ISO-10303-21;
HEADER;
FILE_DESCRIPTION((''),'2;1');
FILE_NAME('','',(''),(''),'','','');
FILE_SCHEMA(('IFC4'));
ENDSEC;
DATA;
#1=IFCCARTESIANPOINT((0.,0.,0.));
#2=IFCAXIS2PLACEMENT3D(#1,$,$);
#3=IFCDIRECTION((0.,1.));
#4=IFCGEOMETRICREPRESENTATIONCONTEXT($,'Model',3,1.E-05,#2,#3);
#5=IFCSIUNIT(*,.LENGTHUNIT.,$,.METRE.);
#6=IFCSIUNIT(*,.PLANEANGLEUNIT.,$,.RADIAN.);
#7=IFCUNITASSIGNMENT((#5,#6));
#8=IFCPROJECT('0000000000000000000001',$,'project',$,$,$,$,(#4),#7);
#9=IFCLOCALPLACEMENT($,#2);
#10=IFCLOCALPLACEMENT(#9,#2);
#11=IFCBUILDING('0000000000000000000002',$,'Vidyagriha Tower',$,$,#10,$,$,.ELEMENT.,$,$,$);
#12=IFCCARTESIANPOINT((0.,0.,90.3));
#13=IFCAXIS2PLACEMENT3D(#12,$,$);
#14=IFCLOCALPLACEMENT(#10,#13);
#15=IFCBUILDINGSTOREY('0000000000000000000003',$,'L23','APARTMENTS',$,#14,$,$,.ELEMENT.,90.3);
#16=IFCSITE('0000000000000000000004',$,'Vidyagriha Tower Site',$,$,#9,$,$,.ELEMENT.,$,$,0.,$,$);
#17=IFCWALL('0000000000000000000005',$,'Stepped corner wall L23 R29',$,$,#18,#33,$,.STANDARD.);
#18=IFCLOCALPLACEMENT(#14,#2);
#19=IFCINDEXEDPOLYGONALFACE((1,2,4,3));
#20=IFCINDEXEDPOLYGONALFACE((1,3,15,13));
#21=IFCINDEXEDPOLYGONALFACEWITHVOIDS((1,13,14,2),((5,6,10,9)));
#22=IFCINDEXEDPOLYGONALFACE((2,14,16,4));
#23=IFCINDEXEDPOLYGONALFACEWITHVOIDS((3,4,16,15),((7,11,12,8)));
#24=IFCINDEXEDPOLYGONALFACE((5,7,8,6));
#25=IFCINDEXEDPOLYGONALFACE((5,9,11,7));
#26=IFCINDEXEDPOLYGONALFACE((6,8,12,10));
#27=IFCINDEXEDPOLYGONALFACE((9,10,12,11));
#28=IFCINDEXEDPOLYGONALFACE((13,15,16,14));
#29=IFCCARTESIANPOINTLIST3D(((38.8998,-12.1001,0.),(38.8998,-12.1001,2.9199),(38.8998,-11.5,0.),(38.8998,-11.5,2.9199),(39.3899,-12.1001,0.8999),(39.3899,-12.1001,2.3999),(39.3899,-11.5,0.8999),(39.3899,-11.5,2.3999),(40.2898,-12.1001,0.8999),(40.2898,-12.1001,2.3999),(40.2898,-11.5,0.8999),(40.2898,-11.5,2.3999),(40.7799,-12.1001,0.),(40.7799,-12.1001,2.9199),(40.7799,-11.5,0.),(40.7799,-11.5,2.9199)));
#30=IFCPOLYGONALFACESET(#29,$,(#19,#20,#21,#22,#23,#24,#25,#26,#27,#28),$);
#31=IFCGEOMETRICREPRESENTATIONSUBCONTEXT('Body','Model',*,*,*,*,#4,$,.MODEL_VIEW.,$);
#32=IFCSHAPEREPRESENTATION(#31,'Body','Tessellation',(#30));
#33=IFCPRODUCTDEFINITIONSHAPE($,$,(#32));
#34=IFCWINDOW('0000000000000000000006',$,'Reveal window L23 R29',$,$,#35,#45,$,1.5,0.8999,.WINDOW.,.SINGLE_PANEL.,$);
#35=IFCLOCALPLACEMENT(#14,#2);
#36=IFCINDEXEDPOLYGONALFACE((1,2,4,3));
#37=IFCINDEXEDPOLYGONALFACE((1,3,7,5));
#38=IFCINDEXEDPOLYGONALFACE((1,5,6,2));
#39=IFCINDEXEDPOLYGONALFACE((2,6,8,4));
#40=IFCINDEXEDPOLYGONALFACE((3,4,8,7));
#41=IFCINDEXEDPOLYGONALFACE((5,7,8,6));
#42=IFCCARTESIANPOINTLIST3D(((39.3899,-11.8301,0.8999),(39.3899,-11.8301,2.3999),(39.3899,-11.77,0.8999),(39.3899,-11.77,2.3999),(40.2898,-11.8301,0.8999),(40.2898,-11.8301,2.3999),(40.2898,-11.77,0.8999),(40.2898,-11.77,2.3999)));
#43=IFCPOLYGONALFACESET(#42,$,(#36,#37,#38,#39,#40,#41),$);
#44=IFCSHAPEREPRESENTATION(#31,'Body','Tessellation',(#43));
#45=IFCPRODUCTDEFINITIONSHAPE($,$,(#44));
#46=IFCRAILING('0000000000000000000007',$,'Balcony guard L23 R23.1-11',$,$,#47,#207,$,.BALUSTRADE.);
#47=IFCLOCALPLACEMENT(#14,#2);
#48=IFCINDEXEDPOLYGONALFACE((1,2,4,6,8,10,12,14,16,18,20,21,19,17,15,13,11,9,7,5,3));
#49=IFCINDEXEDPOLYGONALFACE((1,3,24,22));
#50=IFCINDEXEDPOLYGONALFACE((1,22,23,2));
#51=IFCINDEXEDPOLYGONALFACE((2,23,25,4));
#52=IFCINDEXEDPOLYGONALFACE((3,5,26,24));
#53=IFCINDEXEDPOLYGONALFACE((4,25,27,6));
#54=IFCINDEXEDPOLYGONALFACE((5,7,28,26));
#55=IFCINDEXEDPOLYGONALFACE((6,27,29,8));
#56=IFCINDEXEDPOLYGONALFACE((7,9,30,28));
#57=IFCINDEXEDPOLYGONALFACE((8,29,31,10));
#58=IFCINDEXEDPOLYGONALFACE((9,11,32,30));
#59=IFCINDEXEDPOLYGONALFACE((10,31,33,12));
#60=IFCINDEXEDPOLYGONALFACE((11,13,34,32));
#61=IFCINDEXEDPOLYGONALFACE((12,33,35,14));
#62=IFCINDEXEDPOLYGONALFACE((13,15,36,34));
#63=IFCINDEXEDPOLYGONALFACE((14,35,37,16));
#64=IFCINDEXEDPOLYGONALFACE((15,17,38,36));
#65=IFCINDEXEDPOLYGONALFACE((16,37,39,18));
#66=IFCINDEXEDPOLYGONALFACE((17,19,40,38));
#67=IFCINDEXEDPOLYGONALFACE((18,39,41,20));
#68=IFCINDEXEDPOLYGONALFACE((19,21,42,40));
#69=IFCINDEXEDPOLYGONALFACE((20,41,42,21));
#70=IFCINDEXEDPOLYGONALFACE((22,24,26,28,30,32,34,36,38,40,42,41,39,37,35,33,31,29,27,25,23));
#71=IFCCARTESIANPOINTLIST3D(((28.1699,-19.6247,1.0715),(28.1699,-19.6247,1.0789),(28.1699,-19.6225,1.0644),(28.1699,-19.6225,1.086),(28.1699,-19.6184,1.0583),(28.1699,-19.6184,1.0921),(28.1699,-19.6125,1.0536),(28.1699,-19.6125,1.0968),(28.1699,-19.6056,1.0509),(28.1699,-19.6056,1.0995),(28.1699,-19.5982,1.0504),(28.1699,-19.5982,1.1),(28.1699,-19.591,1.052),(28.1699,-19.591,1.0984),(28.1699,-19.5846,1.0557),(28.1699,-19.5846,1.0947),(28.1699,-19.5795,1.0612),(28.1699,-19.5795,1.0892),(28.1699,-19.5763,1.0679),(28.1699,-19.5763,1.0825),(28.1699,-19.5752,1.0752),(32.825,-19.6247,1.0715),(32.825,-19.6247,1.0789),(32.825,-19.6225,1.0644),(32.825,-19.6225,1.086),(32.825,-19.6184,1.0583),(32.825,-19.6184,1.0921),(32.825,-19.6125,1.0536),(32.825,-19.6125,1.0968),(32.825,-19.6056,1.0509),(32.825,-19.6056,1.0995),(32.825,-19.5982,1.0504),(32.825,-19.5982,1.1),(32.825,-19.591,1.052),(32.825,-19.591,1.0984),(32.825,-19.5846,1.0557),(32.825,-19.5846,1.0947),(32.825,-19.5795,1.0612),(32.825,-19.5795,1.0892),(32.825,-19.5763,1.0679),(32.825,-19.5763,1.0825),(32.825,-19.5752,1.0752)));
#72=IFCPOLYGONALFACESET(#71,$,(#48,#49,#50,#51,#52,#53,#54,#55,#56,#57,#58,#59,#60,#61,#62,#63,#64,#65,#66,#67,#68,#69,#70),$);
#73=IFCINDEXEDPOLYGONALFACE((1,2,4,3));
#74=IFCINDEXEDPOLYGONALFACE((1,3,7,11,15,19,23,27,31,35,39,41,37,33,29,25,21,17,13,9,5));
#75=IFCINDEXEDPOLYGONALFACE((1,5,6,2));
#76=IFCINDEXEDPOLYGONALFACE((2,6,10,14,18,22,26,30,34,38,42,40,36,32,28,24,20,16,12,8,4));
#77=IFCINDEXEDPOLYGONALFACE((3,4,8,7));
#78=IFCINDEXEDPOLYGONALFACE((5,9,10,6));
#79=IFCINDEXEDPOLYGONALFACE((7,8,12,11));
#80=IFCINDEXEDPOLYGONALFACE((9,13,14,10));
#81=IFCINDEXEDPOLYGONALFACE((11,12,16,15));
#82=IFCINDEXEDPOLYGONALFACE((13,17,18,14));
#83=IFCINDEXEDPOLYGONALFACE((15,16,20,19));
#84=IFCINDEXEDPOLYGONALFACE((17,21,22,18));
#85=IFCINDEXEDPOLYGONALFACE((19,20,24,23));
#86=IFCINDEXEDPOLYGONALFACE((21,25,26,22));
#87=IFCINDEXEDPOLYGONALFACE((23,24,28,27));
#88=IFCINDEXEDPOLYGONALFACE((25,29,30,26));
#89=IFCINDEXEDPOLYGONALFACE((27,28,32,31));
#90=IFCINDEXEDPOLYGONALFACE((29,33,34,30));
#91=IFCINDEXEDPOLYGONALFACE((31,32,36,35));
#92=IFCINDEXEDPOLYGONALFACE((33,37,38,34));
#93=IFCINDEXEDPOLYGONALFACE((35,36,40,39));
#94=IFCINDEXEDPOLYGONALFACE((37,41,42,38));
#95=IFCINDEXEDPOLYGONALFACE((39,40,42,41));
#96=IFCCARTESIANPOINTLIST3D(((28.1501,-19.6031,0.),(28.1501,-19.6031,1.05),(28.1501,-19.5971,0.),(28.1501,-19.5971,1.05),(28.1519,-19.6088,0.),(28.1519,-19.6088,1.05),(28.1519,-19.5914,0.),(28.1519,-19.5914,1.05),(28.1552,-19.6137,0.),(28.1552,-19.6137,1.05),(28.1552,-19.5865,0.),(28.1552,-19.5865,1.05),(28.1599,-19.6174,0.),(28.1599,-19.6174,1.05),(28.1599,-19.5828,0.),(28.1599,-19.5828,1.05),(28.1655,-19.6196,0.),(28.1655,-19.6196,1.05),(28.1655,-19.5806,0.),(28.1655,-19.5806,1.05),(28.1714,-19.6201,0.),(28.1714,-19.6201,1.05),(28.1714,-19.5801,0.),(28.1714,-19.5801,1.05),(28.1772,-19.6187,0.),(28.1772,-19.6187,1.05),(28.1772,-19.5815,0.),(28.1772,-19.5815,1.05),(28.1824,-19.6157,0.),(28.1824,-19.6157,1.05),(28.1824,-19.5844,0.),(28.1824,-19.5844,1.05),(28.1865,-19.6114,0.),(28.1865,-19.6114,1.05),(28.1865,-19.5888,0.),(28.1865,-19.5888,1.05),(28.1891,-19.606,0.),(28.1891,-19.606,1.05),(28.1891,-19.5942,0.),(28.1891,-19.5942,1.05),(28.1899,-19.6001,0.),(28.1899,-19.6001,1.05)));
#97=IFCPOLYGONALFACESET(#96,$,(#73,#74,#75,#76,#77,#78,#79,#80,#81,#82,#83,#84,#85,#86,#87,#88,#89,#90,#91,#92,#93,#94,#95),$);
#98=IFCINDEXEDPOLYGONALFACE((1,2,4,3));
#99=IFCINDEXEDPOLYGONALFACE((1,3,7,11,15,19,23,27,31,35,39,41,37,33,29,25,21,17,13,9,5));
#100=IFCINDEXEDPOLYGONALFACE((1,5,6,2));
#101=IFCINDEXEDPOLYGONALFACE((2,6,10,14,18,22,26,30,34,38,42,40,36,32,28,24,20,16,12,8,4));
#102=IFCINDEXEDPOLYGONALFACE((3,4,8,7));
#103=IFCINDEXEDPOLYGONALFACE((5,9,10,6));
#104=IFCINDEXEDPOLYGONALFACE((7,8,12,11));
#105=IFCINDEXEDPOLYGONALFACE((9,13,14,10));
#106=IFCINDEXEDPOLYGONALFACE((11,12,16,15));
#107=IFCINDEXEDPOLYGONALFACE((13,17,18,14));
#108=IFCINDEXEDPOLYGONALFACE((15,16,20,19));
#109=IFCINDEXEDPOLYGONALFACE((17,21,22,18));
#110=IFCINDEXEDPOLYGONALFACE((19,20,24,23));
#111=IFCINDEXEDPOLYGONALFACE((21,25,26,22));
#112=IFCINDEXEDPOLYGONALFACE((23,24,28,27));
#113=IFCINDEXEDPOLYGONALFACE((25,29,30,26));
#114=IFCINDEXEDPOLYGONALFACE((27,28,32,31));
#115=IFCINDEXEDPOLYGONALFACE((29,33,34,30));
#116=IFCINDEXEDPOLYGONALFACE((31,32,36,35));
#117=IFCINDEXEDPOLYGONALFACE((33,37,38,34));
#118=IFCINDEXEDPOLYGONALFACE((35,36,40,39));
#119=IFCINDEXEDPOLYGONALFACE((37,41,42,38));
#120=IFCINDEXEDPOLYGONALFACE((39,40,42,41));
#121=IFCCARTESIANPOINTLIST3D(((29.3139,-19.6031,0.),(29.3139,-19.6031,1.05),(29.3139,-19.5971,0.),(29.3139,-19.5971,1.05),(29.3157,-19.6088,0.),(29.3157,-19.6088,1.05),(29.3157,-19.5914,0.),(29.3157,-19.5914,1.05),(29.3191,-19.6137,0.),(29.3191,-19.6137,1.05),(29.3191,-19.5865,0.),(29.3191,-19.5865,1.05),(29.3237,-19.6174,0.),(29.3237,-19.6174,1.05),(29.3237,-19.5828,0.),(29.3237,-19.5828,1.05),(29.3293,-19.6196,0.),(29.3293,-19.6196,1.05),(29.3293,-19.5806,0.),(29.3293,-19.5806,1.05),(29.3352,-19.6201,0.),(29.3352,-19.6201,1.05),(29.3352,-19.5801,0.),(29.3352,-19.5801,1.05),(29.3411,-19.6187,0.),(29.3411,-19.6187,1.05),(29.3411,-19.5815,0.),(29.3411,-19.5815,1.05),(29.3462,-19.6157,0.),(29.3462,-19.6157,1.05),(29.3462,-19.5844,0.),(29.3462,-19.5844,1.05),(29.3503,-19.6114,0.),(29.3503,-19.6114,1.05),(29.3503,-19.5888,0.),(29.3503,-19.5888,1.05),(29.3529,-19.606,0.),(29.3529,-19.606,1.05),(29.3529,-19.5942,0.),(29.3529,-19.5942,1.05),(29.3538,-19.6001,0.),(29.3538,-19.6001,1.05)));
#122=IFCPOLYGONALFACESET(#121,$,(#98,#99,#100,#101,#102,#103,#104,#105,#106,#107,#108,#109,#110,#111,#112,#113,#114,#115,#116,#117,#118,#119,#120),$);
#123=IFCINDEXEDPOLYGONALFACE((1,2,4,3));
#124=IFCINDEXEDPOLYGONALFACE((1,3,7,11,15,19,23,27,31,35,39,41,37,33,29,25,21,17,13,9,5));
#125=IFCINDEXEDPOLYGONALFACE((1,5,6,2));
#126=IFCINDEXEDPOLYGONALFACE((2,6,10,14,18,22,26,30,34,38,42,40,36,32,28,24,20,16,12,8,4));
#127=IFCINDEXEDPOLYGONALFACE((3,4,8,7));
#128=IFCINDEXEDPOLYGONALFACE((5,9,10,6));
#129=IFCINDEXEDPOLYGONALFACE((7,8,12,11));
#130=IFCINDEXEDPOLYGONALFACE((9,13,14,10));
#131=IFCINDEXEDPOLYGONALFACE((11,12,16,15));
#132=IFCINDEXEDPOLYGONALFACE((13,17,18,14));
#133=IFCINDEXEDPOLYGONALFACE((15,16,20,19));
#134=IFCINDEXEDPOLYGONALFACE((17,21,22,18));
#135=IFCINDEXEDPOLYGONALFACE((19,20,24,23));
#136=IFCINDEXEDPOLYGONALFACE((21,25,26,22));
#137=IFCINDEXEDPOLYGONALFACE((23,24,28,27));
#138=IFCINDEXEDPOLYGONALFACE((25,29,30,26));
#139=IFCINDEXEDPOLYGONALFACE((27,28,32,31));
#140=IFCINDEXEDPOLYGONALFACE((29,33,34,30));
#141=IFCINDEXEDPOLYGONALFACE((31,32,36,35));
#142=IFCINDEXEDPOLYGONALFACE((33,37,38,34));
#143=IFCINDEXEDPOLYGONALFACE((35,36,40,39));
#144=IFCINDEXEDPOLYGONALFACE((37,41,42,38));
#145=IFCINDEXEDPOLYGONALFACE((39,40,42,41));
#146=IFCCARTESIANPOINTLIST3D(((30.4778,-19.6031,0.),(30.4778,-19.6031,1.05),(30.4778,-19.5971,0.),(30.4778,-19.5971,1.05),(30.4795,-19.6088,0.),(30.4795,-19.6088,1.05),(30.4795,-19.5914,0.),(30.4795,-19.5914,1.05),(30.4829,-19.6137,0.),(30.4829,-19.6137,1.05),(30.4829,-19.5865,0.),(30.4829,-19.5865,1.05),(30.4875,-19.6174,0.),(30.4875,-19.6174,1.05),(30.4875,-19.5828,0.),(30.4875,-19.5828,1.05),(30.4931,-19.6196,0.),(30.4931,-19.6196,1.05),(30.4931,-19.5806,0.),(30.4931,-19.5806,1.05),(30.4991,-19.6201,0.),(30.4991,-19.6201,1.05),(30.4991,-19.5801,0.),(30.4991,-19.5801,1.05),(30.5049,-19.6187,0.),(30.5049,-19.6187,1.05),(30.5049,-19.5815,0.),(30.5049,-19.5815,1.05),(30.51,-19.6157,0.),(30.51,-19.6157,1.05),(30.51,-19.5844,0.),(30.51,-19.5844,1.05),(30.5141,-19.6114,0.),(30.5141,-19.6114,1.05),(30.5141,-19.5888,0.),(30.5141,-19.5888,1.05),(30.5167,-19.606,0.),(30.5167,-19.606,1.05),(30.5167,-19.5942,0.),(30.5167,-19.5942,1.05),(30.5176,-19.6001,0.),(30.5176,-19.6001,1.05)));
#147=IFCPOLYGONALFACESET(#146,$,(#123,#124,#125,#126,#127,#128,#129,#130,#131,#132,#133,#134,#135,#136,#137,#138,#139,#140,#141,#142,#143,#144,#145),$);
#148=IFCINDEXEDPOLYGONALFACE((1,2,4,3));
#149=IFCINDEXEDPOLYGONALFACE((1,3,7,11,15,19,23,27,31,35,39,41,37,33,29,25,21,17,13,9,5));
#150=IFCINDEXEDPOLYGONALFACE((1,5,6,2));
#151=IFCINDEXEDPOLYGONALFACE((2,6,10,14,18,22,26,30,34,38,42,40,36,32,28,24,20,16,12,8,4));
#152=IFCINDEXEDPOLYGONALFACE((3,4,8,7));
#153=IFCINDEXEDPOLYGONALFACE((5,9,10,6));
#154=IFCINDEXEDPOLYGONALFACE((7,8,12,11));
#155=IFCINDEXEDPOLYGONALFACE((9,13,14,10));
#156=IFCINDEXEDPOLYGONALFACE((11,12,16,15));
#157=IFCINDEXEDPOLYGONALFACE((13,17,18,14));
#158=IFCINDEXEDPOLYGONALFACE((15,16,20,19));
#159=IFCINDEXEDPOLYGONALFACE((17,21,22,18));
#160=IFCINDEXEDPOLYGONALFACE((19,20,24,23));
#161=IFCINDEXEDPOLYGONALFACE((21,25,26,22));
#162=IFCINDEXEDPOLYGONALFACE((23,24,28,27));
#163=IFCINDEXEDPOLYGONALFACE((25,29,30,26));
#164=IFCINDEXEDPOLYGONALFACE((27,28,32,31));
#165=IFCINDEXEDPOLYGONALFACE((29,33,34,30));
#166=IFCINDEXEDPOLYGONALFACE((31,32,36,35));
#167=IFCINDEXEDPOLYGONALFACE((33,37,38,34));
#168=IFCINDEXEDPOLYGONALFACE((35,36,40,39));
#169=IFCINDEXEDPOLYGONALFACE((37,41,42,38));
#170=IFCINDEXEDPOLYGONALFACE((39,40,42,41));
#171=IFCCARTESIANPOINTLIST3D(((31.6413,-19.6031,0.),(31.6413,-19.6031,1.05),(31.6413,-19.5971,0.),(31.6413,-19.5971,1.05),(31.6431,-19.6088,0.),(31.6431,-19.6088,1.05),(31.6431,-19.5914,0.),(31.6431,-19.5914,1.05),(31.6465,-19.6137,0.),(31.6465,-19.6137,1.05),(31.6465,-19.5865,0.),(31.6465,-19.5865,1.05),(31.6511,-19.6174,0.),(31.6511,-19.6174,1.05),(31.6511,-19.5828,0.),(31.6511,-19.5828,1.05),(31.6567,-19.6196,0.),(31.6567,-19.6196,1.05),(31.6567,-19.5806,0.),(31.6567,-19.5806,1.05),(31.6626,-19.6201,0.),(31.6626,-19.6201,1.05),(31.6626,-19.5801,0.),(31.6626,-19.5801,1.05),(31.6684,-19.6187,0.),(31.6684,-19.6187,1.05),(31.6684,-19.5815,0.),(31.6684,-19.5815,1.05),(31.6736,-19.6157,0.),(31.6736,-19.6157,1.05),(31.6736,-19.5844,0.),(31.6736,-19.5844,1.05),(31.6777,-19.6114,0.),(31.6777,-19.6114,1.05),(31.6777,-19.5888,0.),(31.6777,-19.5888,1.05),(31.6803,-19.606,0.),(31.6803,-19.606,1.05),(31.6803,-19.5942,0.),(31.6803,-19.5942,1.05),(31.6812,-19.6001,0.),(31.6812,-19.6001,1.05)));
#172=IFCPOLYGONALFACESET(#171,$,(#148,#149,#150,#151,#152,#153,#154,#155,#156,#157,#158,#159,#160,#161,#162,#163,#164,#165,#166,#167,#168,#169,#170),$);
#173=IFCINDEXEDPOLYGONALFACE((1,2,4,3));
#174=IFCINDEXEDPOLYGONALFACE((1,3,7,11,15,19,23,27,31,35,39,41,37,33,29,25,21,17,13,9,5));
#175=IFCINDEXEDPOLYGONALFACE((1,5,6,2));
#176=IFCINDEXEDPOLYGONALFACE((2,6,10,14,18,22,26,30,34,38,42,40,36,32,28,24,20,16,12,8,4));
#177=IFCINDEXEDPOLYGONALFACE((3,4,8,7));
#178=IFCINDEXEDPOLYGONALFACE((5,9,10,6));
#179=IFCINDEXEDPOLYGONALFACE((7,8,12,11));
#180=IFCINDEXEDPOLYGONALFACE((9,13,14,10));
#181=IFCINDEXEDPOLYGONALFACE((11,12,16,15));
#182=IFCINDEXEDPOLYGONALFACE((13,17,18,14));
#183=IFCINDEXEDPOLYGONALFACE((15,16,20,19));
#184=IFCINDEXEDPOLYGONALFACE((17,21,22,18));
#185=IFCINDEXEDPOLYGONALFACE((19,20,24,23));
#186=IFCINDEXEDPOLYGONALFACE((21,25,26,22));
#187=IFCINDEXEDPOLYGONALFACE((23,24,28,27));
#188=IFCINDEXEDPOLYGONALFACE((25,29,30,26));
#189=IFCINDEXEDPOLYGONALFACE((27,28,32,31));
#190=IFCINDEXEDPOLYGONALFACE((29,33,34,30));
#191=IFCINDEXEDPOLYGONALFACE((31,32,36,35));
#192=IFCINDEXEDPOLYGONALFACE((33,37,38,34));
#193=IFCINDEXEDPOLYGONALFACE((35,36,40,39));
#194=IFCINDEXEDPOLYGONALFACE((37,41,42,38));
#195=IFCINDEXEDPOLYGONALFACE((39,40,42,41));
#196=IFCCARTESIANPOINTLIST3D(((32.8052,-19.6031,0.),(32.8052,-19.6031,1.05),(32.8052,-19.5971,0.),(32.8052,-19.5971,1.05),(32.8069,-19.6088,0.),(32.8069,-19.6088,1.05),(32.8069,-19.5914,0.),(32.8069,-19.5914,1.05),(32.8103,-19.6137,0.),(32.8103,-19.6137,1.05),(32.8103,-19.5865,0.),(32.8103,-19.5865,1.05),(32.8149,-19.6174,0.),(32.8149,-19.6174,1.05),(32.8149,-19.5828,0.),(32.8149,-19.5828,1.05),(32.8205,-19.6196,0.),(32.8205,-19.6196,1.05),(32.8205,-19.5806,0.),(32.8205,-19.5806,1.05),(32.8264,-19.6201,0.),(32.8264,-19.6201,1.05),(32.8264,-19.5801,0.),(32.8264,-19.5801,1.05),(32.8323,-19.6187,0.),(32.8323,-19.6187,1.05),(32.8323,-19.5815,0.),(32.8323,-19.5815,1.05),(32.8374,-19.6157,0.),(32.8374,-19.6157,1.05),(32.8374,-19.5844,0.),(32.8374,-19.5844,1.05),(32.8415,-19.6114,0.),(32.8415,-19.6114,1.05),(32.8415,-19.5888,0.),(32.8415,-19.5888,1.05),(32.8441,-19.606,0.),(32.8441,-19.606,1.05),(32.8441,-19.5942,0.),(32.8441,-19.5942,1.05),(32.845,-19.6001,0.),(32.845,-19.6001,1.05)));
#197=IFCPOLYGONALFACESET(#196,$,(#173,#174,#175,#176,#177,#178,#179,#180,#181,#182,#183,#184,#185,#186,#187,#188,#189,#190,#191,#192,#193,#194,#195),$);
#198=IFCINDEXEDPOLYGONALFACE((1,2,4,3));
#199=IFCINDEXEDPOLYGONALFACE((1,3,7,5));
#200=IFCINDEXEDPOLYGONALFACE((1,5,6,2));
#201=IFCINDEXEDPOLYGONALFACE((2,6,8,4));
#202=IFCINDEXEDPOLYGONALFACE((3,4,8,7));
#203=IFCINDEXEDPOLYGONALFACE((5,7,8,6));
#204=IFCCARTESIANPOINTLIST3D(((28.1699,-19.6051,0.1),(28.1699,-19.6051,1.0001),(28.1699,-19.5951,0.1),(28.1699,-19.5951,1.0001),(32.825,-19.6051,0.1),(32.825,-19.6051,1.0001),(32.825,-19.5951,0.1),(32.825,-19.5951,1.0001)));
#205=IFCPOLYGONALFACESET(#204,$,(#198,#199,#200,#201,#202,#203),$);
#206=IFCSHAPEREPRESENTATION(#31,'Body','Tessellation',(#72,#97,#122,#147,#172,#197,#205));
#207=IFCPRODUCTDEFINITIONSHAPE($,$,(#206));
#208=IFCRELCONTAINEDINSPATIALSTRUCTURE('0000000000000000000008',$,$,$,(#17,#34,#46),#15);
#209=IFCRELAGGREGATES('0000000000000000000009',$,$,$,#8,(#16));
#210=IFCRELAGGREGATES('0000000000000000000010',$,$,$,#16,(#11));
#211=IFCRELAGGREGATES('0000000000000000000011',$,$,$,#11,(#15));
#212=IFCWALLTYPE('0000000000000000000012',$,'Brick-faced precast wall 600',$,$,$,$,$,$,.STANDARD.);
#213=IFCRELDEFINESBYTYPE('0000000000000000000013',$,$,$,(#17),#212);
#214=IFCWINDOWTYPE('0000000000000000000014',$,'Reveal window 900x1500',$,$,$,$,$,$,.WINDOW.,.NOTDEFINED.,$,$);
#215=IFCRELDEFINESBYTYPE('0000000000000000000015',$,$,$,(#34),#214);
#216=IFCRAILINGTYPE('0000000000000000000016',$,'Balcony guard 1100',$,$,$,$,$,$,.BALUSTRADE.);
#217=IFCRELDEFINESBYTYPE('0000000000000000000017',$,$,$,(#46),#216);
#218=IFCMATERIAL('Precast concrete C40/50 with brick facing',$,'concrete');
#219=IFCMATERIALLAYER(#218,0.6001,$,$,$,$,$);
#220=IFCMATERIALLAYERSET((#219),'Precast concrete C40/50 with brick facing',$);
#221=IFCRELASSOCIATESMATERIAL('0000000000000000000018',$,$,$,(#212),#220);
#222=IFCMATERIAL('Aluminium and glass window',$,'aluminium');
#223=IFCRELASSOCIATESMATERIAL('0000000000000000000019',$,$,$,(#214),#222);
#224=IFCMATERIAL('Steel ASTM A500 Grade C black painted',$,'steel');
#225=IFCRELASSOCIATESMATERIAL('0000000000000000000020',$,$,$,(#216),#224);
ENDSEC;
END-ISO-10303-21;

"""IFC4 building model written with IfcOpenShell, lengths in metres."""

from ifc_helpers import new_model, si_unit, direction, frame, frame_2d, origin, origin_2d, place, context, subcontext, project, spatial, rectangle, circle, extrude, material, layer, layer_set, type_object, element, fill, save


model = new_model("IFC4")

# Units and contexts
model_context = context("Model", 3, precision=1e-05, world=origin(), true_north=direction((0.0, 1.0)))
body_context = subcontext(model_context, "Body", "Model", "MODEL_VIEW")
ifc_project = project(units=[si_unit("LENGTHUNIT", "METRE"), si_unit("PLANEANGLEUNIT", "RADIAN")], contexts=[model_context])

# Site, building, storey
site_placement = place(None, origin())
site = spatial("IfcSite", under=ifc_project, at=site_placement, Name="Vidyagriha Tower Site", CompositionType="ELEMENT", RefElevation=0.0)
building_placement = place(site_placement, origin())
building = spatial("IfcBuilding", under=site, at=building_placement, Name="Vidyagriha Tower", CompositionType="ELEMENT")
storey_placement = place(building_placement, frame((0.0, 0.0, 90.3)))
storey = spatial("IfcBuildingStorey", under=building, at=storey_placement, Name="L23", Description="APARTMENTS", CompositionType="ELEMENT", Elevation=90.3)

# Shared definitions
ifc_material_1 = material(Name="Precast concrete C40/50 with brick facing", Category="concrete")
ifc_layer_1 = layer(ifc_material_1, 0.6001)
ifc_layer_set_1 = layer_set([ifc_layer_1], Name="Precast concrete C40/50 with brick facing")
wall_type = type_object("IfcWallType", Name="Brick-faced precast wall 600", PredefinedType="STANDARD", material=ifc_layer_set_1)

# Shared definitions
ifc_material_2 = material(Name="Aluminium and glass window", Category="aluminium")
window_type = type_object("IfcWindowType", Name="Reveal window 900x1500", PartitioningType="NOTDEFINED", PredefinedType="WINDOW", material=ifc_material_2)

# Wall, opening, window
wall_1_placement = place(storey_placement, frame((38.8999, -11.8, 0.0)))
wall_1 = element("IfcWall", 1, at=wall_1_placement, inside=storey, type_object=wall_type, Name="Stepped corner wall L23 R29", PredefinedType="STANDARD", context=body_context, shape_type="SweptSolid", body=[
    extrude(rectangle(XDim=1.8801, YDim=0.6001, at=frame_2d((0.9399, 0.0))), origin(), (0.0, 0.0, 1.0), 2.9199),
])
opening_1_placement = place(wall_1_placement, frame((0.49, 0.0, 0.8999)))
opening_1 = element("IfcOpeningElement", 2, at=opening_1_placement, cuts=wall_1, PredefinedType="OPENING", context=body_context, shape_type="SweptSolid", body=[
    extrude(rectangle(XDim=0.8999, YDim=1.5, at=frame_2d((0.45, 0.75))), frame((0.0, 0.3101, 0.0), z_axis=(0.0, -1.0, 0.0), x_axis=(1.0, 0.0, 0.0)), (0.0, 0.0, 1.0), 0.6201),
])
window_1_placement = place(opening_1_placement, origin())
window_1 = element("IfcWindow", 3, at=window_1_placement, inside=storey, type_object=window_type, Name="Reveal window L23 R29", OverallHeight=1.5, OverallWidth=0.8999, PartitioningType="SINGLE_PANEL", PredefinedType="WINDOW", context=body_context, shape_type="SweptSolid", body=[
    extrude(rectangle(XDim=0.8999, YDim=1.5, at=frame_2d((0.45, 0.75))), frame((0.0, 0.03, 0.0), z_axis=(0.0, -1.0, 0.0), x_axis=(1.0, 0.0, 0.0)), (0.0, 0.0, 1.0), 0.0601),
])
fill(opening_1, window_1)

# Railing
ifc_material_3 = material(Name="Steel ASTM A500 Grade C black painted", Category="steel")
railing_type_1 = type_object("IfcRailingType", Name="Balcony guard 1100", PredefinedType="BALUSTRADE", material=ifc_material_3)
railing_1_placement = place(storey_placement, frame((28.1699, -19.6001, 0.0)))
element("IfcRailing", 4, at=railing_1_placement, inside=storey, type_object=railing_type_1, Name="Balcony guard L23 R23.1-11", PredefinedType="BALUSTRADE", context=body_context, shape_type="SweptSolid", body=[
    extrude(circle(Radius=0.0249, at=origin_2d()), frame((0.0, 0.0, 1.0752), z_axis=(1.0, 0.0, 0.0), x_axis=(0.0, 1.0, 0.0)), (0.0, 0.0, 1.0), 4.655),
    extrude(circle(Radius=0.02, at=origin_2d()), origin(), (0.0, 0.0, 1.0), 1.05),
    extrude(circle(Radius=0.02, at=origin_2d()), frame((1.1638, 0.0, 0.0)), (0.0, 0.0, 1.0), 1.05),
    extrude(circle(Radius=0.02, at=origin_2d()), frame((2.3276, 0.0, 0.0)), (0.0, 0.0, 1.0), 1.05),
    extrude(circle(Radius=0.02, at=origin_2d()), frame((3.4912, 0.0, 0.0)), (0.0, 0.0, 1.0), 1.05),
    extrude(circle(Radius=0.02, at=origin_2d()), frame((4.655, 0.0, 0.0)), (0.0, 0.0, 1.0), 1.05),
    extrude(rectangle(XDim=0.01, YDim=0.9001, at=origin_2d()), frame((0.0, 0.0, 0.55), z_axis=(1.0, 0.0, 0.0), x_axis=(0.0, 1.0, 0.0)), (0.0, 0.0, 1.0), 4.655),
])

save(model, "model.ifc")
